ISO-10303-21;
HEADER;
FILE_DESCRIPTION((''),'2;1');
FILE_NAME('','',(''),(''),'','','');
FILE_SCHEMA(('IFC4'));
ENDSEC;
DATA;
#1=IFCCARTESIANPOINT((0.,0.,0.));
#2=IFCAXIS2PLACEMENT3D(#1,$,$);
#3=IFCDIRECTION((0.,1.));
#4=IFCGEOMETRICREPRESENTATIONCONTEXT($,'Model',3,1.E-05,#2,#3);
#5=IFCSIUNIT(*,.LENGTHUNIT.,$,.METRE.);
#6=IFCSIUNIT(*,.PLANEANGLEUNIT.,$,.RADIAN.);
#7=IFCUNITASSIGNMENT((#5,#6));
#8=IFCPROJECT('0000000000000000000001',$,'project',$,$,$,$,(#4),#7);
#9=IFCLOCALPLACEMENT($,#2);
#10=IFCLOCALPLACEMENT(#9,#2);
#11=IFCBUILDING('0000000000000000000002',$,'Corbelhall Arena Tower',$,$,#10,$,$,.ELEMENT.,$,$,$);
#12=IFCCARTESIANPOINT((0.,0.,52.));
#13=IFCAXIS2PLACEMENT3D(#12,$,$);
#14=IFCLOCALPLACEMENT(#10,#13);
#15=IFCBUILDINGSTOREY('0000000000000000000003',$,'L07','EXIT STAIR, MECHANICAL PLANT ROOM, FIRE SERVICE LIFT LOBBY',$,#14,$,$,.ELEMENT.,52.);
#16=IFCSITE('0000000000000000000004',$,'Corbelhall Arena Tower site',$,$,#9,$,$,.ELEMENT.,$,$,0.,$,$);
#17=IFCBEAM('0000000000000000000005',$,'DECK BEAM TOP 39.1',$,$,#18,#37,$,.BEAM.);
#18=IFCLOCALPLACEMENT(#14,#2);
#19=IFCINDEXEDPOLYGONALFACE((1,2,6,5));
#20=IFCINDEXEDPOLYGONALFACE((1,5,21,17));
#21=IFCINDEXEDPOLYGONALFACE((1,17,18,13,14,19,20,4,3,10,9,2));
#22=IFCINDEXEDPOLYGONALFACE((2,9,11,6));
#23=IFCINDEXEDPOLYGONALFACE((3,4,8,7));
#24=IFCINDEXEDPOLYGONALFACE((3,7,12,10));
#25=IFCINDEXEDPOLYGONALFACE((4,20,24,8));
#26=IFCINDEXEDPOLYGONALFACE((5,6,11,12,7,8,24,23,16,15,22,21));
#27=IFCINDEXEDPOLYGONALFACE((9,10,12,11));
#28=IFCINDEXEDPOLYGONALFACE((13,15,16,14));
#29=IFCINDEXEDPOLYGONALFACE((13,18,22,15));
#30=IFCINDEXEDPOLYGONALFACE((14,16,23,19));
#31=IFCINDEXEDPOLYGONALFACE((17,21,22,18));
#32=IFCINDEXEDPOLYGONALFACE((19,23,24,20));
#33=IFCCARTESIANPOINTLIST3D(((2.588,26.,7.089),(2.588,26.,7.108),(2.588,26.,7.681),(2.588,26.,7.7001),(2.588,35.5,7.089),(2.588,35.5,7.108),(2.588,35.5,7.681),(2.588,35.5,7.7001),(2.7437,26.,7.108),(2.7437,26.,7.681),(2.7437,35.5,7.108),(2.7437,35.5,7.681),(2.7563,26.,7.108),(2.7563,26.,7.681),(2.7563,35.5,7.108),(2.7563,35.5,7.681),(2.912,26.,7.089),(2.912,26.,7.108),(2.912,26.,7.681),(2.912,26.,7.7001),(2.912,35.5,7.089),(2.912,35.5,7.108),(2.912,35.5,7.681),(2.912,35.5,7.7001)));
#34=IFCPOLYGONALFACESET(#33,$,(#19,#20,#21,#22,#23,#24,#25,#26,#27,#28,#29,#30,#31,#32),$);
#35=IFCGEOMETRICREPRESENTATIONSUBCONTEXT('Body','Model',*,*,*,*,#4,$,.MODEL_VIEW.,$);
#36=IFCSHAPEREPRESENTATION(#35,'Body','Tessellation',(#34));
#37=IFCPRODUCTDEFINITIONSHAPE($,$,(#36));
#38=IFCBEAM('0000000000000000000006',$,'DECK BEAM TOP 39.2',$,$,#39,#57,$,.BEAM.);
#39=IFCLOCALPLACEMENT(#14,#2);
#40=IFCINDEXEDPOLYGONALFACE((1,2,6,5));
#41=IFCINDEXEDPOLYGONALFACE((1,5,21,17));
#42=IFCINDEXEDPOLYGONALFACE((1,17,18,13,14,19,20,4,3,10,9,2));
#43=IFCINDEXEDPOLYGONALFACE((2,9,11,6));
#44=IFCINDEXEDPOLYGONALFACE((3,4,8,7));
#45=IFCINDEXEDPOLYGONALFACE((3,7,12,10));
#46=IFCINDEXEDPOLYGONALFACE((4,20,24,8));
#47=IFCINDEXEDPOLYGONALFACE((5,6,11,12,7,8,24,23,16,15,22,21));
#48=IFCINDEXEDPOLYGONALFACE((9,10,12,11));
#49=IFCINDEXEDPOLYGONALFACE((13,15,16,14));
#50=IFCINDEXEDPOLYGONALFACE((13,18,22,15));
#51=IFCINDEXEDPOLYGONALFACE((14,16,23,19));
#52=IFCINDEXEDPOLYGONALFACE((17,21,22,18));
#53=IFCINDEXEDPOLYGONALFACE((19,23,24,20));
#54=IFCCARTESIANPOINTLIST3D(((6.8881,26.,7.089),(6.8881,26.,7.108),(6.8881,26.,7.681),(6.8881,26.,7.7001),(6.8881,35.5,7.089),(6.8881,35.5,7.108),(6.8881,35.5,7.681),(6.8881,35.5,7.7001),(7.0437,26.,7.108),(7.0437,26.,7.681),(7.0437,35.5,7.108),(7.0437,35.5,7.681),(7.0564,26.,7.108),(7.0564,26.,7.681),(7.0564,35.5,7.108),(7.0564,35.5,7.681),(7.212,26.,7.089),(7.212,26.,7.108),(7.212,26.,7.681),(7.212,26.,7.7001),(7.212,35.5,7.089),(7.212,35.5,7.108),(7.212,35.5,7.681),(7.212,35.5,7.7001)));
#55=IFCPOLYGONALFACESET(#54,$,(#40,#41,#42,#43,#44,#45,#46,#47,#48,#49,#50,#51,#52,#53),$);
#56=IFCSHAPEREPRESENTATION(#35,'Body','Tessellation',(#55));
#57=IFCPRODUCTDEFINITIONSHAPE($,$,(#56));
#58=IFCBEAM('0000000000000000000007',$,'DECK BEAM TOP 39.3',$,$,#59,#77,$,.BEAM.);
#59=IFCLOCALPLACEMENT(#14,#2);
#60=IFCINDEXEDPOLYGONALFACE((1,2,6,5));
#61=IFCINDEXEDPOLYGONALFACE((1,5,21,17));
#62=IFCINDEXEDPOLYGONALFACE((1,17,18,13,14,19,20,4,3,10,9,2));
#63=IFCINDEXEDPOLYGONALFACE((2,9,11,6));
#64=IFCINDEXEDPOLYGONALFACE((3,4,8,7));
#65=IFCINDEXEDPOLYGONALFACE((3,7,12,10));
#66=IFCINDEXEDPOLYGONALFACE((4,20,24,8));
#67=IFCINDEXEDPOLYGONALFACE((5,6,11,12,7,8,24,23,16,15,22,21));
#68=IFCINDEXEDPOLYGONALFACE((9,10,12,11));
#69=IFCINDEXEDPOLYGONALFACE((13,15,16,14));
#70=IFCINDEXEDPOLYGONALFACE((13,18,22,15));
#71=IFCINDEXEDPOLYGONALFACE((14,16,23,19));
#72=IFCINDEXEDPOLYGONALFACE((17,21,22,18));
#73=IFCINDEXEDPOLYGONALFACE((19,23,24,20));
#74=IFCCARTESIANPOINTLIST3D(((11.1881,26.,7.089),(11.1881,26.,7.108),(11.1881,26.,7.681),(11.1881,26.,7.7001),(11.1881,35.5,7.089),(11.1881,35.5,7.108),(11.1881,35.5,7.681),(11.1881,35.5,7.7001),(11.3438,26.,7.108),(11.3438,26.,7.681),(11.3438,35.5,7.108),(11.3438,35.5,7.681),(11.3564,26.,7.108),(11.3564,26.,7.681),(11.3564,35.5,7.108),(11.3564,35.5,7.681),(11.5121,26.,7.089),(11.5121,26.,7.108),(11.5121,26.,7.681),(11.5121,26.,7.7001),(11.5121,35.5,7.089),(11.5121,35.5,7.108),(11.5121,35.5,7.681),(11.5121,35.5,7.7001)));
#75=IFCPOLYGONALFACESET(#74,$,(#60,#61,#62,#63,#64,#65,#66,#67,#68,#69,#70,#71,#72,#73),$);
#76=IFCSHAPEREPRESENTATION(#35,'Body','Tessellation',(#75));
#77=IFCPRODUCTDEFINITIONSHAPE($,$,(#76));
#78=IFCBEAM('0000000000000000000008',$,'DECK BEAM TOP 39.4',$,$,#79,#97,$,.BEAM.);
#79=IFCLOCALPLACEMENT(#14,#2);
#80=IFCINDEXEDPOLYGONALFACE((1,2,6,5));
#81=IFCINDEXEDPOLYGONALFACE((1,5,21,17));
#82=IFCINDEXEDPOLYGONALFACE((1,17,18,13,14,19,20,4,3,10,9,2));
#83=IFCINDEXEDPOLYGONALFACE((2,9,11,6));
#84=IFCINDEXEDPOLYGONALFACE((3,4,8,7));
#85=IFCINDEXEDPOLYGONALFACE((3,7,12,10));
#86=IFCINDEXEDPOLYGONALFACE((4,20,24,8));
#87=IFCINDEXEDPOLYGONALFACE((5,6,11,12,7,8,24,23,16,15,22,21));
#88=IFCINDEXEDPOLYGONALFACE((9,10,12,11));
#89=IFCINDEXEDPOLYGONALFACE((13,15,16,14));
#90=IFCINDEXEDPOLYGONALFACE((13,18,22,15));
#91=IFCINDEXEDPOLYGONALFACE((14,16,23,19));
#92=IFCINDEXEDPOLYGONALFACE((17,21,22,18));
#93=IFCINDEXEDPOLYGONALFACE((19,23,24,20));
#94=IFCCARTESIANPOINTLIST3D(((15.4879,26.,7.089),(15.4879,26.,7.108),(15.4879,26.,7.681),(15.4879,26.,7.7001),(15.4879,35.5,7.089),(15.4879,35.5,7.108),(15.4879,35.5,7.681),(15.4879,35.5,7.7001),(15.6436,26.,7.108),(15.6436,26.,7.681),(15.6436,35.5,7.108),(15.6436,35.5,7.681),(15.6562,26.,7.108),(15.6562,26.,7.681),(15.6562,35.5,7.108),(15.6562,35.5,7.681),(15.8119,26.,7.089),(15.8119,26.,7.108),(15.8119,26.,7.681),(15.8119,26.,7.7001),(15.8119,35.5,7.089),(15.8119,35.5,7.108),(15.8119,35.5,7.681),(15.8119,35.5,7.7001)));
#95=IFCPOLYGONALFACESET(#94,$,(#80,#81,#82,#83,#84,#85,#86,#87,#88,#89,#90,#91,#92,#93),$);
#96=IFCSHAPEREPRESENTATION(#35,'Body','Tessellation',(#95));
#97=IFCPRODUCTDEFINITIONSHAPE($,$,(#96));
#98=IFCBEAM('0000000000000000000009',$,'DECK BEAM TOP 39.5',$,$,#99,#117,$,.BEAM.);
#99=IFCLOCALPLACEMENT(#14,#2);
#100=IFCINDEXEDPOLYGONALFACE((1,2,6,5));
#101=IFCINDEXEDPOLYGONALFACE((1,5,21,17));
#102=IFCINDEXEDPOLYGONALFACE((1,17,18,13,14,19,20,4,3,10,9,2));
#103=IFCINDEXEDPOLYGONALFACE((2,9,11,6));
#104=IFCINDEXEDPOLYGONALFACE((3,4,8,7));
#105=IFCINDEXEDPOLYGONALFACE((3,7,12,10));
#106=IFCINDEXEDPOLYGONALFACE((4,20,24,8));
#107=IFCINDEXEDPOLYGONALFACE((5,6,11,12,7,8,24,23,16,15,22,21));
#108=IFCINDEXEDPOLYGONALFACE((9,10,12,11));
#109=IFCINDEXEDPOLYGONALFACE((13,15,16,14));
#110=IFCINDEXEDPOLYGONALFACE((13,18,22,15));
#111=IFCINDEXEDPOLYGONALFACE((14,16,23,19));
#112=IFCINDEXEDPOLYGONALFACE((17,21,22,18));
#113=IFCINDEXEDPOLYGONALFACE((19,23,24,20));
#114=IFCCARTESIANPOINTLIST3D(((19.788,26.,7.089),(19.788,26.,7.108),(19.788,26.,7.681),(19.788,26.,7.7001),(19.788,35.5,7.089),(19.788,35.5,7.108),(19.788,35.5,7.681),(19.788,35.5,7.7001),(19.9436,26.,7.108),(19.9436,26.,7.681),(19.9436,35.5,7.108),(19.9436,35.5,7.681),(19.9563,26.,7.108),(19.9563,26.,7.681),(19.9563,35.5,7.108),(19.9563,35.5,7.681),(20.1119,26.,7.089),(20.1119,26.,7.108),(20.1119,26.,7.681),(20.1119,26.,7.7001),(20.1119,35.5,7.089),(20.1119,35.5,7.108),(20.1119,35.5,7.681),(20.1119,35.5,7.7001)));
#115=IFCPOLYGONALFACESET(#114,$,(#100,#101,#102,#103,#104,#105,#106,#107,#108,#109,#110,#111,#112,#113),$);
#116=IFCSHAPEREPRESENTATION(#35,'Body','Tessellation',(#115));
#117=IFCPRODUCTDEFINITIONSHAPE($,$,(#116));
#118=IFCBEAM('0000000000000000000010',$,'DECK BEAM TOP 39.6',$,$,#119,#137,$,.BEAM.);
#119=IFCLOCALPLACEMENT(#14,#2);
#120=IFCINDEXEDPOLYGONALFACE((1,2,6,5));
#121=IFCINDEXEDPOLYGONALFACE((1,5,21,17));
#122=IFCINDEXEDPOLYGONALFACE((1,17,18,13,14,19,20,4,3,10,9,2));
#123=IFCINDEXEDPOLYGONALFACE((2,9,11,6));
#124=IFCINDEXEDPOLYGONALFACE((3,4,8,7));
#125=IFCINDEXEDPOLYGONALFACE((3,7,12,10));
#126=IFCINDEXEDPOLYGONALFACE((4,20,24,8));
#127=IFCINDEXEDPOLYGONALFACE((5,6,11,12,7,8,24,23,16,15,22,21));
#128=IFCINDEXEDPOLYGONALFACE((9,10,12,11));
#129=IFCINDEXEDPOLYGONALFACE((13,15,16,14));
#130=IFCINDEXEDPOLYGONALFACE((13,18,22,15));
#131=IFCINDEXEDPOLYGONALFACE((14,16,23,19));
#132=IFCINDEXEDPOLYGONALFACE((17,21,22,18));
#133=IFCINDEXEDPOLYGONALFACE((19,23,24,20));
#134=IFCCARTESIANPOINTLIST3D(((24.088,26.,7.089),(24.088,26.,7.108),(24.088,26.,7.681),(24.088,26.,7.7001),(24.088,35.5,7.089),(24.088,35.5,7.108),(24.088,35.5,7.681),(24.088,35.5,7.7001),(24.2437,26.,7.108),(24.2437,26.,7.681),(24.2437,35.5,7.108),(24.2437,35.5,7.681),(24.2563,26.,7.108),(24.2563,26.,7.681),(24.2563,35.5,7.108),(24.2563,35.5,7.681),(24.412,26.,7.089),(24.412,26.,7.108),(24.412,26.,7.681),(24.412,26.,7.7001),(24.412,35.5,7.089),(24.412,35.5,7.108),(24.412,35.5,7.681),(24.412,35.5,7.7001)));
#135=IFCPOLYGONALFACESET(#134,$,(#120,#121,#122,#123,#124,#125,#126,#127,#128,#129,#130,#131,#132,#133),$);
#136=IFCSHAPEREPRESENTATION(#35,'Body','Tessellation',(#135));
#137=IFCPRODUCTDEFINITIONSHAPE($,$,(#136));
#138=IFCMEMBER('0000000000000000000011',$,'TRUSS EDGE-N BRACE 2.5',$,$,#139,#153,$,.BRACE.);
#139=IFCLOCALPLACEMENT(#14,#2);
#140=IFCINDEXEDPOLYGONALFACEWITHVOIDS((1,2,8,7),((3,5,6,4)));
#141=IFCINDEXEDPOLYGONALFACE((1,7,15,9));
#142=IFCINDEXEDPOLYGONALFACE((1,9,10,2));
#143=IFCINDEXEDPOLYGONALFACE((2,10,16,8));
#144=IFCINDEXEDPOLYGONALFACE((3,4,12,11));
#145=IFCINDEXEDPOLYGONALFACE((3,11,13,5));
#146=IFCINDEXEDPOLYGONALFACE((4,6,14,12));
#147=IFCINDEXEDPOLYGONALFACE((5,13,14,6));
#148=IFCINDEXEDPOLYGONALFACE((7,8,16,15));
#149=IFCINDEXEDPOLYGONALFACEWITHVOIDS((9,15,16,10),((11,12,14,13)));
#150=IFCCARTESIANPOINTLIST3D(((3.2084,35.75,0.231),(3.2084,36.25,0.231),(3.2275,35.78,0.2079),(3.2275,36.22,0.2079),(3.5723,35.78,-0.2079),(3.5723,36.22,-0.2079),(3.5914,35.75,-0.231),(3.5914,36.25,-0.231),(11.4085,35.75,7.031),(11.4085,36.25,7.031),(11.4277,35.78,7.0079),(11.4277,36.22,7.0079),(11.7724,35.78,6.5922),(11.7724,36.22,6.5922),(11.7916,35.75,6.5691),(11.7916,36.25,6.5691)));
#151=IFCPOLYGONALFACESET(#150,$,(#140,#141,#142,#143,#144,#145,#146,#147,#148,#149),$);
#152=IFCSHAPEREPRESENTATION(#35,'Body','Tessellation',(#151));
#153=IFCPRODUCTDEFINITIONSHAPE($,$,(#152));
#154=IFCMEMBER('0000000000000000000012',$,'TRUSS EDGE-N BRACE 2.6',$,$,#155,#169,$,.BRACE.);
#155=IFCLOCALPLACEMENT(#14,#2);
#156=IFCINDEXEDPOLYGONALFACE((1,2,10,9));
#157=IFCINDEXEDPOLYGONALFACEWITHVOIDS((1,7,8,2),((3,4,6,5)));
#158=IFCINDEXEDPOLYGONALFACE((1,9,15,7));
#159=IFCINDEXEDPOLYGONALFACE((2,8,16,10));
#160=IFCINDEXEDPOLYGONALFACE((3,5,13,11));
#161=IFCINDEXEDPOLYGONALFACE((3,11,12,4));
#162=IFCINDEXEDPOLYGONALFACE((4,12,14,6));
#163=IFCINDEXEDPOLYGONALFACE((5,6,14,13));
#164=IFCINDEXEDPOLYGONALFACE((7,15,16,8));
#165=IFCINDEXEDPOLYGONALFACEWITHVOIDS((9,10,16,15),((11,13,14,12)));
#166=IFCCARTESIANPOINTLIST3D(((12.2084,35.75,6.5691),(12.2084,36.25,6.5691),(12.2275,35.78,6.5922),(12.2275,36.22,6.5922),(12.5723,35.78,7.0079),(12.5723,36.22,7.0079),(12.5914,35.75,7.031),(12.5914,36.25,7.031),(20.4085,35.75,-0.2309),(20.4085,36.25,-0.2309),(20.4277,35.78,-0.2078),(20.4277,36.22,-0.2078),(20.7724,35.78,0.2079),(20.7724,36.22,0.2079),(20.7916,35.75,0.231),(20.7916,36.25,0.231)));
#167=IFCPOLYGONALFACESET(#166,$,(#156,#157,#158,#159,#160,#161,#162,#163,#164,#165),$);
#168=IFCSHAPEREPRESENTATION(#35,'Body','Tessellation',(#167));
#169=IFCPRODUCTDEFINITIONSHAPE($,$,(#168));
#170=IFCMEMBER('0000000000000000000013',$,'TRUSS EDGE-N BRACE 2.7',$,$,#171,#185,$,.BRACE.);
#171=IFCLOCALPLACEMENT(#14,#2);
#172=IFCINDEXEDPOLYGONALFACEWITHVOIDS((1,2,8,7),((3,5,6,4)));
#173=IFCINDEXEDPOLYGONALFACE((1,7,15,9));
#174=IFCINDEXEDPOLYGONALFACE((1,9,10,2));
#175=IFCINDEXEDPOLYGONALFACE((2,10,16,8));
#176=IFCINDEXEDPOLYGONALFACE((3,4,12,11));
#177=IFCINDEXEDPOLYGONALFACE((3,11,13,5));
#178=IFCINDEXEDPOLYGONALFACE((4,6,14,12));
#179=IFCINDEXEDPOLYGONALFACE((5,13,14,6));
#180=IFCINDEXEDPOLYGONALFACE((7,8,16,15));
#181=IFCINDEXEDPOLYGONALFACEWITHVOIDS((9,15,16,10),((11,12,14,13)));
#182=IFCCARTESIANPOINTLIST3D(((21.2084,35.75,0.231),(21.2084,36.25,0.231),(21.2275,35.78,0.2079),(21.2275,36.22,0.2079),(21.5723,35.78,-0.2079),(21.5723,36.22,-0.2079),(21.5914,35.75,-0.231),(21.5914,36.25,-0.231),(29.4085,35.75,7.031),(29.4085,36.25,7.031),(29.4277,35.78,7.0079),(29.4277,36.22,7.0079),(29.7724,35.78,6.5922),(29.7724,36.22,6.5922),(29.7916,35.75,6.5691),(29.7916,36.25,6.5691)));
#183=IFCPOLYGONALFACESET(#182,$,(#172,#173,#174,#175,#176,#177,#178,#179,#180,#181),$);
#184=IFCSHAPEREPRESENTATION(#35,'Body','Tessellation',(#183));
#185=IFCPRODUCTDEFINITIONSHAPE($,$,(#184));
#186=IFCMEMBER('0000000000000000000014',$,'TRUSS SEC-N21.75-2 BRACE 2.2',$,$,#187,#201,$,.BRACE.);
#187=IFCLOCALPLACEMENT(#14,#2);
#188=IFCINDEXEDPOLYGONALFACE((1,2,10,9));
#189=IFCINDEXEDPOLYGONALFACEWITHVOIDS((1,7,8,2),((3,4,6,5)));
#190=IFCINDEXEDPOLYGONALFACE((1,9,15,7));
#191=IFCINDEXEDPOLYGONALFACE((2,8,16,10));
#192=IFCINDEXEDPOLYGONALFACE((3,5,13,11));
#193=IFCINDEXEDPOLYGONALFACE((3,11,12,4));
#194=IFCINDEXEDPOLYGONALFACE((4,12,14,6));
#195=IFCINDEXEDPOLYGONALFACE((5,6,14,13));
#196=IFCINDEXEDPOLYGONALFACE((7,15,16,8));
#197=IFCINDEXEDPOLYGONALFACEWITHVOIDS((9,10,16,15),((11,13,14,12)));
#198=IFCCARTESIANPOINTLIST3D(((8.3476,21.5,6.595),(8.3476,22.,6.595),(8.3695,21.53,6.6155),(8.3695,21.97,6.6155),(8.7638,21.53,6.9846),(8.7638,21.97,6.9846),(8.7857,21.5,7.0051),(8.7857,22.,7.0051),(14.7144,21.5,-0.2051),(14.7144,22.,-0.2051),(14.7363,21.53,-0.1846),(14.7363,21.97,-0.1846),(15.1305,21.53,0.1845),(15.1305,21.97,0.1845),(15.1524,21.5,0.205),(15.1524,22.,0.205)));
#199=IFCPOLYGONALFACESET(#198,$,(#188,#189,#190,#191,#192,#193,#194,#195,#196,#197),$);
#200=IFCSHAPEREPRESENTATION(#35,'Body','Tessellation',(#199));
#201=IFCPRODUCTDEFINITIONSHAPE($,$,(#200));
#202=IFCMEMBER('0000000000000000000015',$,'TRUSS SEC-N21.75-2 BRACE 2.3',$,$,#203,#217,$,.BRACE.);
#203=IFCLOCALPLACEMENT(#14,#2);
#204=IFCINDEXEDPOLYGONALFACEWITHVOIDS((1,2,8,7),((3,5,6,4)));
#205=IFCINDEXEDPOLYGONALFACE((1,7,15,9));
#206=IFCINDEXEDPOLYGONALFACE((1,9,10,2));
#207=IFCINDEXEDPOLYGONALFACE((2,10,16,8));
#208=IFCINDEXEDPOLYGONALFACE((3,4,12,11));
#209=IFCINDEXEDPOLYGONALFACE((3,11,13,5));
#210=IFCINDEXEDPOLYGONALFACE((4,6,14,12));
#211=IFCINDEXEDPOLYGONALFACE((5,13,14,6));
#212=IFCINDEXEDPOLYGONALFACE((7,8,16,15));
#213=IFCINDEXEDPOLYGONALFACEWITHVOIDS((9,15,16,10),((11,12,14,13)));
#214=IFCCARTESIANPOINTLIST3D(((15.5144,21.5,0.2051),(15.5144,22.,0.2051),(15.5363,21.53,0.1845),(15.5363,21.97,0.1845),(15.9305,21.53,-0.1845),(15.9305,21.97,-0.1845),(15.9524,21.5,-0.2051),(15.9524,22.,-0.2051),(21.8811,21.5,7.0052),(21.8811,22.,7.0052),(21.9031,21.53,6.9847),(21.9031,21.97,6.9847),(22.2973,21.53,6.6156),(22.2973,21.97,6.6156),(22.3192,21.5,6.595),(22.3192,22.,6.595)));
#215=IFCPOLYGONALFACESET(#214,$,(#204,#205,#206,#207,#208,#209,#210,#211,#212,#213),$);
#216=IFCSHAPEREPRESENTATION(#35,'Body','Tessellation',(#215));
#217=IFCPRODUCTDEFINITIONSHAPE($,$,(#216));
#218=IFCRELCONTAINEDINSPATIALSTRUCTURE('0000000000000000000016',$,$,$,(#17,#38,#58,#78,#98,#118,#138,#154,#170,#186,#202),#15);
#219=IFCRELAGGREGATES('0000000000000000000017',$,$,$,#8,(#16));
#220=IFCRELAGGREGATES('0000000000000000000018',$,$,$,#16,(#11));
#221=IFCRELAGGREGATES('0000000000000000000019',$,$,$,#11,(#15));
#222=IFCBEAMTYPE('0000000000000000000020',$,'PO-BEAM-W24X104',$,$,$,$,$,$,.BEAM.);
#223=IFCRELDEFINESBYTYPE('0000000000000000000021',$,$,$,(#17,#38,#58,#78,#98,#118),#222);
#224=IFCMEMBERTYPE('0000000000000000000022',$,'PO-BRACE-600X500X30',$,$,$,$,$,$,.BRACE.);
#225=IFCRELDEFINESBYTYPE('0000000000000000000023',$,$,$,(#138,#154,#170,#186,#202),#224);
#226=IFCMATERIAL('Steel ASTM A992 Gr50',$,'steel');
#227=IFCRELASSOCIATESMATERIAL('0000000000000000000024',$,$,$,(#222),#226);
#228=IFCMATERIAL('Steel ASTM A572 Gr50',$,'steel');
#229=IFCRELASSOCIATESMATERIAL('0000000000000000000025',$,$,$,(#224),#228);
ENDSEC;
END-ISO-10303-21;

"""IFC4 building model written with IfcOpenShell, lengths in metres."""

from ifc_helpers import new_model, si_unit, direction, frame, origin, origin_2d, place, context, subcontext, project, spatial, hollow_rectangle, i_section, extrude, material, material_profile, profile_set, type_object, element, save


model = new_model("IFC4")

# Units and contexts
model_context = context("Model", 3, precision=1e-05, world=origin(), true_north=direction((0.0, 1.0)))
body_context = subcontext(model_context, "Body", "Model", "MODEL_VIEW")
ifc_project = project(units=[si_unit("LENGTHUNIT", "METRE"), si_unit("PLANEANGLEUNIT", "RADIAN")], contexts=[model_context])

# Site, building, storey
site_placement = place(None, origin())
site = spatial("IfcSite", under=ifc_project, at=site_placement, Name="Corbelhall Arena Tower site", CompositionType="ELEMENT", RefElevation=0.0)
building_placement = place(site_placement, origin())
building = spatial("IfcBuilding", under=site, at=building_placement, Name="Corbelhall Arena Tower", CompositionType="ELEMENT")
storey_placement = place(building_placement, frame((0.0, 0.0, 52.0)))
storey = spatial("IfcBuildingStorey", under=building, at=storey_placement, Name="L07", Description="EXIT STAIR, MECHANICAL PLANT ROOM, FIRE SERVICE LIFT LOBBY", CompositionType="ELEMENT", Elevation=52.0)

# Beams
ifc_material_1 = material(Name="Steel ASTM A992 Gr50", Category="steel")
ifc_material_profile_1 = material_profile(ifc_material_1, i_section(OverallWidth=0.324, OverallDepth=0.6111, WebThickness=0.0127, FlangeThickness=0.019, at=origin_2d()))
ifc_profile_set_1 = profile_set([ifc_material_profile_1], Name="Steel ASTM A992 Gr50")
beam_type = type_object("IfcBeamType", Name="PO-BEAM-W24X104", PredefinedType="BEAM", material=ifc_profile_set_1)
for number, where, z_axis, x_axis, name in (
    (1, (2.75, 26.0, 7.3945), (0.0, 1.0, 0.0), (-1.0, 0.0, 0.0), "DECK BEAM TOP 39.1"),
    (2, (7.05, 26.0, 7.3945), (0.0, 1.0, 0.0), (-1.0, 0.0, 0.0), "DECK BEAM TOP 39.2"),
    (3, (11.3501, 26.0, 7.3945), (0.0, 1.0, 0.0), (-1.0, 0.0, 0.0), "DECK BEAM TOP 39.3"),
    (4, (15.6499, 26.0, 7.3945), (0.0, 1.0, 0.0), (-1.0, 0.0, 0.0), "DECK BEAM TOP 39.4"),
    (5, (19.95, 26.0, 7.3945), (0.0, 1.0, 0.0), (-1.0, 0.0, 0.0), "DECK BEAM TOP 39.5"),
    (6, (24.25, 26.0, 7.3945), (0.0, 1.0, 0.0), (-1.0, 0.0, 0.0), "DECK BEAM TOP 39.6"),
):
    element("IfcBeam", number, at=place(storey_placement, frame(where, z_axis=z_axis, x_axis=x_axis)), inside=storey, type_object=beam_type, Name=name, PredefinedType="BEAM", context=body_context, shape_type="SweptSolid", body=[
        extrude(i_section(OverallWidth=0.324, OverallDepth=0.6111, WebThickness=0.0127, FlangeThickness=0.019, at=origin_2d()), origin(), (0.0, 0.0, 1.0), 9.5),
    ])

# Members
ifc_material_2 = material(Name="Steel ASTM A572 Gr50", Category="steel")
ifc_material_profile_2 = material_profile(ifc_material_2, hollow_rectangle(XDim=0.5, YDim=0.6001, WallThickness=0.03, at=origin_2d()))
ifc_profile_set_2 = profile_set([ifc_material_profile_2], Name="Steel ASTM A572 Gr50")
member_type_1 = type_object("IfcMemberType", Name="PO-BRACE-600X500X30", PredefinedType="BRACE", material=ifc_profile_set_2)
for number, where, z_axis, x_axis, name in (
    (7, (3.3999, 36.0, 0.0), (0.769763, 0.0, 0.63833), (0.0, 1.0, 0.0), "TRUSS EDGE-N BRACE 2.5"),
    (8, (12.3999, 36.0, 6.8), (0.769763, 0.0, -0.63833), (0.0, 1.0, 0.0), "TRUSS EDGE-N BRACE 2.6"),
    (9, (21.3999, 36.0, 0.0), (0.769763, 0.0, 0.63833), (0.0, 1.0, 0.0), "TRUSS EDGE-N BRACE 2.7"),
):
    element("IfcMember", number, at=place(storey_placement, frame(where, z_axis=z_axis, x_axis=x_axis)), inside=storey, type_object=member_type_1, Name=name, PredefinedType="BRACE", context=body_context, shape_type="SweptSolid", body=[
        extrude(hollow_rectangle(XDim=0.5, YDim=0.6001, WallThickness=0.03, at=origin_2d()), origin(), (0.0, 0.0, 1.0), 10.6528),
    ])
for number, where, z_axis, x_axis, name in (
    (10, (8.5667, 21.75, 6.8), (0.683464, 0.0, -0.729984), (0.0, 1.0, 0.0), "TRUSS SEC-N21.75-2 BRACE 2.2"),
    (11, (15.7334, 21.75, 0.0), (0.683464, 0.0, 0.729984), (0.0, 1.0, 0.0), "TRUSS SEC-N21.75-2 BRACE 2.3"),
):
    element("IfcMember", number, at=place(storey_placement, frame(where, z_axis=z_axis, x_axis=x_axis)), inside=storey, type_object=member_type_1, Name=name, PredefinedType="BRACE", context=body_context, shape_type="SweptSolid", body=[
        extrude(hollow_rectangle(XDim=0.5, YDim=0.6001, WallThickness=0.03, at=origin_2d()), origin(), (0.0, 0.0, 1.0), 9.3154),
    ])

save(model, "model.ifc")
